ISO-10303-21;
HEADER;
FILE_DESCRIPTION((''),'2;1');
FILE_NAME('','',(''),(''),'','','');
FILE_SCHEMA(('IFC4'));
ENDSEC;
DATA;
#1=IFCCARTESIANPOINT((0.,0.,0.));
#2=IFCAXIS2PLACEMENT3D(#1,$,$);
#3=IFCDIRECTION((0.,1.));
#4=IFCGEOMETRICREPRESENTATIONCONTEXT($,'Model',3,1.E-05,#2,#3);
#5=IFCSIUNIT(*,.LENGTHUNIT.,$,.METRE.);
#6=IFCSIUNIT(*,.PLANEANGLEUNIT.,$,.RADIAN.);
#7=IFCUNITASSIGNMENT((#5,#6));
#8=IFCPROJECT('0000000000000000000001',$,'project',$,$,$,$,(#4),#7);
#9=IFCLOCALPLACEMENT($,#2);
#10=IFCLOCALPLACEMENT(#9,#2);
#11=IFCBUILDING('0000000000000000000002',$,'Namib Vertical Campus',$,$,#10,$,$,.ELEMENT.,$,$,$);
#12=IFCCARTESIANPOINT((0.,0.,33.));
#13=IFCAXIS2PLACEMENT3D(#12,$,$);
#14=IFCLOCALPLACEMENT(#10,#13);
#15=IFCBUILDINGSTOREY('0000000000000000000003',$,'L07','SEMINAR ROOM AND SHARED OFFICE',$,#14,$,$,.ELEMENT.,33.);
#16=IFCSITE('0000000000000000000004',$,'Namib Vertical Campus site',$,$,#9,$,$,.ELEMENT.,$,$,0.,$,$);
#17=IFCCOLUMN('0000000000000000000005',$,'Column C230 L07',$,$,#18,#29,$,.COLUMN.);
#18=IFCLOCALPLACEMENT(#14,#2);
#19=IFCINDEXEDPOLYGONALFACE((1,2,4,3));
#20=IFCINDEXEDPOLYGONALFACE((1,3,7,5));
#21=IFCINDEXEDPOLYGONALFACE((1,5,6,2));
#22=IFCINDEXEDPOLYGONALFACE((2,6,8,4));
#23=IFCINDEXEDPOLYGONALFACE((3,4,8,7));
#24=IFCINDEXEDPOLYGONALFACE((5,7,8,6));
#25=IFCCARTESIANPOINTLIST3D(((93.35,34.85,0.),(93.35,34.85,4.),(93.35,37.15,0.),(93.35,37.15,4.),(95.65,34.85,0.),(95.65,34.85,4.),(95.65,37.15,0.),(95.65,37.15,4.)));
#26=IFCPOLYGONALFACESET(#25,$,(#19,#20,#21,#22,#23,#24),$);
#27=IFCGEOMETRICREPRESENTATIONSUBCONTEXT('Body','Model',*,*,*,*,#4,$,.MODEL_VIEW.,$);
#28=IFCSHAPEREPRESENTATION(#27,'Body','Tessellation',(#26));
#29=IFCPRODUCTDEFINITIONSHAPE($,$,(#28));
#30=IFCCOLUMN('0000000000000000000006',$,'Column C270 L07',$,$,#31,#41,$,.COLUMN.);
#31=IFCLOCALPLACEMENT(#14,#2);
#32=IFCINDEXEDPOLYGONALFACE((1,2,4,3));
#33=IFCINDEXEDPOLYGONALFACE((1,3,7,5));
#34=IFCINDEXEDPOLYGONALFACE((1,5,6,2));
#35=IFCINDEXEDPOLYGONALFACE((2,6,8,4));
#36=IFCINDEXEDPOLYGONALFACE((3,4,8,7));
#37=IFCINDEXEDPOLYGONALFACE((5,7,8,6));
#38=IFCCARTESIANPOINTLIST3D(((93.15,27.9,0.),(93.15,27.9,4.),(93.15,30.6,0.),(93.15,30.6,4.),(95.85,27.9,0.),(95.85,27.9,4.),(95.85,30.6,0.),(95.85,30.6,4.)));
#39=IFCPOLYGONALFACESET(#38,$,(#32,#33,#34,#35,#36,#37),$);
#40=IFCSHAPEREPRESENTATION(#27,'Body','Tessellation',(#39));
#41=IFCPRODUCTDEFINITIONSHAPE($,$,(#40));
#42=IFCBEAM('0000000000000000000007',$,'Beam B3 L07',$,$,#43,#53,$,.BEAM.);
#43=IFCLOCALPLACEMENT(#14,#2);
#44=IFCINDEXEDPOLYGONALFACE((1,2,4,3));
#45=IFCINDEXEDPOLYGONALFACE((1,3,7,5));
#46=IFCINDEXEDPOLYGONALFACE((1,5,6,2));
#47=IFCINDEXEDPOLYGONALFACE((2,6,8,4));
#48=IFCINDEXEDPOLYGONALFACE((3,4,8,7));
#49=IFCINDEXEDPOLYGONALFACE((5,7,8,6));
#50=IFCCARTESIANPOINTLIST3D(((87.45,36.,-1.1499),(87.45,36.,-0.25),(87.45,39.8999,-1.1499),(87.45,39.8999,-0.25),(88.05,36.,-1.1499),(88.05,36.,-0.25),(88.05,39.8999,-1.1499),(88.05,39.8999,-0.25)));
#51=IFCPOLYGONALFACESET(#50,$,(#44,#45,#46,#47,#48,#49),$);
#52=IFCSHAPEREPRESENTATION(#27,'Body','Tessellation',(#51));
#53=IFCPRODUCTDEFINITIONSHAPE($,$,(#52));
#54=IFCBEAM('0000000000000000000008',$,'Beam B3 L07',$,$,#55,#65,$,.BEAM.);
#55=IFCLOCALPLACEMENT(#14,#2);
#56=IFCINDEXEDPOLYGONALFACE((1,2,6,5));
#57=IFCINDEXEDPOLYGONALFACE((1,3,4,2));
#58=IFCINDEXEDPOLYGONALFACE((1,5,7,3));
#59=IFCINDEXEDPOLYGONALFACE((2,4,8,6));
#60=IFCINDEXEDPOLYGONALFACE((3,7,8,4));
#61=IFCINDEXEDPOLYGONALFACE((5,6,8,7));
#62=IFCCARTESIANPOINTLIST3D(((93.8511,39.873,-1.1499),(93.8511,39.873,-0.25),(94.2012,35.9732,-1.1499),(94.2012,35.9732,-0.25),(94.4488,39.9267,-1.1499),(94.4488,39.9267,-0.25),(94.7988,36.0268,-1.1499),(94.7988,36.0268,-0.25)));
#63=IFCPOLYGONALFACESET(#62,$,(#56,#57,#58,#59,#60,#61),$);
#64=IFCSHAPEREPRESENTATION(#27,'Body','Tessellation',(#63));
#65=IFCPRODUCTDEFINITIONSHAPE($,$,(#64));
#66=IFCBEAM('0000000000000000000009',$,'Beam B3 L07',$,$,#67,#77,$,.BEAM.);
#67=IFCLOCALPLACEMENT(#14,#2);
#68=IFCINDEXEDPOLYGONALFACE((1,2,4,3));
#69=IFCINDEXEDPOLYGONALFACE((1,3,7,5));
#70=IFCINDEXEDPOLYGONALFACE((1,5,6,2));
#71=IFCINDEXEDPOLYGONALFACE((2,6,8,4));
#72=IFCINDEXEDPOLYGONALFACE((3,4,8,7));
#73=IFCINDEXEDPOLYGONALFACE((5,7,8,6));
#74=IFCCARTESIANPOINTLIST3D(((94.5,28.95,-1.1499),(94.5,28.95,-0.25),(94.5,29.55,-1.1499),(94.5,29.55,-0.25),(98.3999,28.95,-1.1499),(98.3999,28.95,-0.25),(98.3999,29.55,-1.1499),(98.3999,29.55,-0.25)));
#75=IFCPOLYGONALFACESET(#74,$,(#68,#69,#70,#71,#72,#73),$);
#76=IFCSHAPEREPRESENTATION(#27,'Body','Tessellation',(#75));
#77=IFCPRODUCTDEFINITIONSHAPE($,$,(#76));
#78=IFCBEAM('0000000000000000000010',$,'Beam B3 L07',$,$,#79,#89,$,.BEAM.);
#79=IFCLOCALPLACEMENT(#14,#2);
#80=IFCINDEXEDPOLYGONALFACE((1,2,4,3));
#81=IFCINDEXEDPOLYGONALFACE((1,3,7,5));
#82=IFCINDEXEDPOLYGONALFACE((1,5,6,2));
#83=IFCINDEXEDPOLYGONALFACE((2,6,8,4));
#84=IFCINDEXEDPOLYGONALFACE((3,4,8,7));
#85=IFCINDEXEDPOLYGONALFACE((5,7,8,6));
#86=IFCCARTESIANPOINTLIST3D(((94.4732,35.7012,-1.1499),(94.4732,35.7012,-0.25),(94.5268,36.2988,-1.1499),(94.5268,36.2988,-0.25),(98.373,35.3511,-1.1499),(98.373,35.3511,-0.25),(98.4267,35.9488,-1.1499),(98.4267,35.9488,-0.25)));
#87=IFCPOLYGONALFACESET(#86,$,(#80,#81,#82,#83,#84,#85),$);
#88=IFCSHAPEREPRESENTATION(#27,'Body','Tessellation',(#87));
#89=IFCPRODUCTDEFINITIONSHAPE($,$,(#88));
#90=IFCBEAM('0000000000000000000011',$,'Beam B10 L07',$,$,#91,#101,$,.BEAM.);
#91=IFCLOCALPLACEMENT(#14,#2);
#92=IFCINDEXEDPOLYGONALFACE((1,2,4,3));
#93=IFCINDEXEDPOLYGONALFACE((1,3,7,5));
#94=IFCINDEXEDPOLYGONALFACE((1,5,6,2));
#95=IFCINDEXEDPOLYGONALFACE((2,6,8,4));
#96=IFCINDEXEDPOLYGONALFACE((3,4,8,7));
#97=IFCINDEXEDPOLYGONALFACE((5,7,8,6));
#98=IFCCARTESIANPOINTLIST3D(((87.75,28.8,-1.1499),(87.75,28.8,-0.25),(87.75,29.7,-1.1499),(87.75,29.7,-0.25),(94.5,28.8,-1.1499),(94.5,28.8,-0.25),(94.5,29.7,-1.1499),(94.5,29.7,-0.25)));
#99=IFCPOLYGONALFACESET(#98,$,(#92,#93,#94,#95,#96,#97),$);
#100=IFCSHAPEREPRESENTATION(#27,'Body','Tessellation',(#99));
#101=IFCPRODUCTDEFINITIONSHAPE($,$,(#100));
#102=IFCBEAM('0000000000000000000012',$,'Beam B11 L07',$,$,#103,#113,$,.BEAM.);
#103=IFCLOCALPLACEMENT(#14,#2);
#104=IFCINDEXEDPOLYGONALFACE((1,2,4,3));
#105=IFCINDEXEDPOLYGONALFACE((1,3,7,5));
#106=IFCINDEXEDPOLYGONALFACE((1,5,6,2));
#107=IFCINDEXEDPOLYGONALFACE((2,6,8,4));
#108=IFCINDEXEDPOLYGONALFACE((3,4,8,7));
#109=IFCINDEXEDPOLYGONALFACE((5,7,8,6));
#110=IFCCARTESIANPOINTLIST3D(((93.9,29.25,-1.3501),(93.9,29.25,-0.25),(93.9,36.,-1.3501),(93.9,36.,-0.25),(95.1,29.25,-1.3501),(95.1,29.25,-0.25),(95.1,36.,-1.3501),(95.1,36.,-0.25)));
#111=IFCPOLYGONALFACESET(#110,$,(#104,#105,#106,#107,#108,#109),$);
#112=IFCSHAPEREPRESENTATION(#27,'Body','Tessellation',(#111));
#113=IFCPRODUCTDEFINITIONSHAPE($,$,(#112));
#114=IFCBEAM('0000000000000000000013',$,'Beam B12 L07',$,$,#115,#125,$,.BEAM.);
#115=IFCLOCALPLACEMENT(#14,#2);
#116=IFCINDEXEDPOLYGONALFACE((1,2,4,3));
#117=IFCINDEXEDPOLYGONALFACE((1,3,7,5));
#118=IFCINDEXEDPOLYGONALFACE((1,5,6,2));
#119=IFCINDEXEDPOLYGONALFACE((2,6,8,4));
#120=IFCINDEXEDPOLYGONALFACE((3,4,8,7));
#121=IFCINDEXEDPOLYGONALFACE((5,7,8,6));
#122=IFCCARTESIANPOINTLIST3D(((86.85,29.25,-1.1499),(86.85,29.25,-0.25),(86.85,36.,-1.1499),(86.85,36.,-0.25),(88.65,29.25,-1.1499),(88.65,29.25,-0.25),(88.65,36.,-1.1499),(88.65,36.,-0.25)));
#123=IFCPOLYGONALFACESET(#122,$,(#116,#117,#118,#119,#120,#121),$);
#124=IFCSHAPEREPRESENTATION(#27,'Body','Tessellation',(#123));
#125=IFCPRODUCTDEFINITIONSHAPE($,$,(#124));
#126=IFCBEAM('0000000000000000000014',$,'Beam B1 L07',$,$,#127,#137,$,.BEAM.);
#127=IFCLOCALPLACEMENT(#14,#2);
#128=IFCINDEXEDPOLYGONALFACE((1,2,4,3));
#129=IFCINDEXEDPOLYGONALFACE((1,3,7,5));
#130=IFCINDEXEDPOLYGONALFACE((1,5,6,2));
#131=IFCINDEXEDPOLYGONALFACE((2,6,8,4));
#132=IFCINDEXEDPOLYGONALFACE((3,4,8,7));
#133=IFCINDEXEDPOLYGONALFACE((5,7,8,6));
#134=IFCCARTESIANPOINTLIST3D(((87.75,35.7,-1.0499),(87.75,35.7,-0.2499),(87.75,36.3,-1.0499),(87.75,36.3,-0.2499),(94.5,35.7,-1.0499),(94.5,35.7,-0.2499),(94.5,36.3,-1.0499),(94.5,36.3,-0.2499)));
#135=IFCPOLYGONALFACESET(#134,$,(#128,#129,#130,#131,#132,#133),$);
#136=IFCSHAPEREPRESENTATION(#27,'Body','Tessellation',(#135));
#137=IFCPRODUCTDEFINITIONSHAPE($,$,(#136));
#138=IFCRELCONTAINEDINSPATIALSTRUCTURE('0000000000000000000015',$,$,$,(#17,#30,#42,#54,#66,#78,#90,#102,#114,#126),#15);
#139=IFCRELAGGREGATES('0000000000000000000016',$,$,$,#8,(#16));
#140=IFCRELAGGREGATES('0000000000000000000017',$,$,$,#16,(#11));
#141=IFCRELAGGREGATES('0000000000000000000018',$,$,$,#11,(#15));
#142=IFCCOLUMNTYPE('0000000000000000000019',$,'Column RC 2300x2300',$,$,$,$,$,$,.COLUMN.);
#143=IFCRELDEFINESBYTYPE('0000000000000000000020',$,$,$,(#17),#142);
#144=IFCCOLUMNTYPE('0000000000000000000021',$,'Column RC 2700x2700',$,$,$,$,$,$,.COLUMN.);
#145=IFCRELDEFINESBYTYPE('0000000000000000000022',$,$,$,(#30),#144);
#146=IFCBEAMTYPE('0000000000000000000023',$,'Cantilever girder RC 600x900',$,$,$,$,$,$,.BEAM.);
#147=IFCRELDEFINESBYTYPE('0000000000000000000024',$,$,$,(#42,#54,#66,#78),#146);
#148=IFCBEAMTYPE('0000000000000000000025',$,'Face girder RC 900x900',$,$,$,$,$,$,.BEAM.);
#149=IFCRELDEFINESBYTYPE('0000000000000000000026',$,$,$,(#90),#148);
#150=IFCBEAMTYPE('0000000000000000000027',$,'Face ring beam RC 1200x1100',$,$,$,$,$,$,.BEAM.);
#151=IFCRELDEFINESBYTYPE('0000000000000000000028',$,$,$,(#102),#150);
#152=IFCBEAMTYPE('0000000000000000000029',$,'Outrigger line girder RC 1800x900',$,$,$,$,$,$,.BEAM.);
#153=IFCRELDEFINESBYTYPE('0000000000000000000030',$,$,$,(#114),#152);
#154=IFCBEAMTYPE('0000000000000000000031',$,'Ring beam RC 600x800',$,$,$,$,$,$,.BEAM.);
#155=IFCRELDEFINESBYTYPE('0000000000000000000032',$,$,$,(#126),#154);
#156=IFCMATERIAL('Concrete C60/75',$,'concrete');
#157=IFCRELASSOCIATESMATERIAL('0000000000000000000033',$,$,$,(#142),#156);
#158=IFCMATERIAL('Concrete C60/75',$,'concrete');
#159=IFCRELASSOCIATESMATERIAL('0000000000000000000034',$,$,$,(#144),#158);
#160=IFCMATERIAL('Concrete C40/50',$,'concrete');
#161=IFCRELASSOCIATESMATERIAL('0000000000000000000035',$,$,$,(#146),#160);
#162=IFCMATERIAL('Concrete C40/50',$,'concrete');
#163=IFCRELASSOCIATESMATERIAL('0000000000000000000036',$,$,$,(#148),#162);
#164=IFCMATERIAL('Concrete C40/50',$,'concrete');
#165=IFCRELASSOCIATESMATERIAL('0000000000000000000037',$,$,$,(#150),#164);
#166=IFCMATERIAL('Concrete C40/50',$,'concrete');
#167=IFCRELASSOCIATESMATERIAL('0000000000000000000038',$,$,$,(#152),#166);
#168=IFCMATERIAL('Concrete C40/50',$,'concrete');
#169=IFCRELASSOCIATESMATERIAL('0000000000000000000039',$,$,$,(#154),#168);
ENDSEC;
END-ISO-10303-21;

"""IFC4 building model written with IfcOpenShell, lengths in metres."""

from ifc_helpers import new_model, si_unit, direction, frame, origin, origin_2d, place, context, subcontext, project, spatial, rectangle, extrude, material, material_profile, profile_set, type_object, element, save


model = new_model("IFC4")

# Units and contexts
model_context = context("Model", 3, precision=1e-05, world=origin(), true_north=direction((0.0, 1.0)))
body_context = subcontext(model_context, "Body", "Model", "MODEL_VIEW")
ifc_project = project(units=[si_unit("LENGTHUNIT", "METRE"), si_unit("PLANEANGLEUNIT", "RADIAN")], contexts=[model_context])

# Site, building, storey
site_placement = place(None, origin())
site = spatial("IfcSite", under=ifc_project, at=site_placement, Name="Namib Vertical Campus site", CompositionType="ELEMENT", RefElevation=0.0)
building_placement = place(site_placement, origin())
building = spatial("IfcBuilding", under=site, at=building_placement, Name="Namib Vertical Campus", CompositionType="ELEMENT")
storey_placement = place(building_placement, frame((0.0, 0.0, 33.0)))
storey = spatial("IfcBuildingStorey", under=building, at=storey_placement, Name="L07", Description="SEMINAR ROOM AND SHARED OFFICE", CompositionType="ELEMENT", Elevation=33.0)

# Columns
ifc_material_1 = material(Name="Concrete C60/75", Category="concrete")
ifc_material_profile_1 = material_profile(ifc_material_1, rectangle(XDim=2.3, YDim=2.3, at=origin_2d()))
ifc_profile_set_1 = profile_set([ifc_material_profile_1], Name="Concrete C60/75")
column_type_1 = type_object("IfcColumnType", Name="Column RC 2300x2300", PredefinedType="COLUMN", material=ifc_profile_set_1)
column_1_placement = place(storey_placement, frame((94.5, 36.0, 0.0), z_axis=(0.0, 0.0, 1.0), x_axis=(1.0, 0.0, 0.0)))
element("IfcColumn", 1, at=column_1_placement, inside=storey, type_object=column_type_1, Name="Column C230 L07", PredefinedType="COLUMN", context=body_context, shape_type="SweptSolid", body=[
    extrude(rectangle(XDim=2.3, YDim=2.3, at=origin_2d()), origin(), (0.0, 0.0, 1.0), 4.0),
])
ifc_material_2 = material(Name="Concrete C60/75", Category="concrete")
ifc_material_profile_2 = material_profile(ifc_material_2, rectangle(XDim=2.7, YDim=2.7, at=origin_2d()))
ifc_profile_set_2 = profile_set([ifc_material_profile_2], Name="Concrete C60/75")
column_type_2 = type_object("IfcColumnType", Name="Column RC 2700x2700", PredefinedType="COLUMN", material=ifc_profile_set_2)
column_2_placement = place(storey_placement, frame((94.5, 29.25, 0.0), z_axis=(0.0, 0.0, 1.0), x_axis=(1.0, 0.0, 0.0)))
element("IfcColumn", 2, at=column_2_placement, inside=storey, type_object=column_type_2, Name="Column C270 L07", PredefinedType="COLUMN", context=body_context, shape_type="SweptSolid", body=[
    extrude(rectangle(XDim=2.7, YDim=2.7, at=origin_2d()), origin(), (0.0, 0.0, 1.0), 4.0),
])

# Beams
ifc_material_3 = material(Name="Concrete C40/50", Category="concrete")
ifc_material_profile_3 = material_profile(ifc_material_3, rectangle(XDim=0.6001, YDim=0.8999, at=origin_2d()))
ifc_profile_set_3 = profile_set([ifc_material_profile_3], Name="Concrete C40/50")
beam_type_1 = type_object("IfcBeamType", Name="Cantilever girder RC 600x900", PredefinedType="BEAM", material=ifc_profile_set_3)
beam_1_placement = place(storey_placement, frame((87.75, 36.0, -0.7), z_axis=(0.0, 1.0, 0.0), x_axis=(-1.0, 0.0, 0.0)))
element("IfcBeam", 3, at=beam_1_placement, inside=storey, type_object=beam_type_1, Name="Beam B3 L07", PredefinedType="BEAM", context=body_context, shape_type="SweptSolid", body=[
    extrude(rectangle(XDim=0.6001, YDim=0.8999, at=origin_2d()), origin(), (0.0, 0.0, 1.0), 3.8999),
])
beam_2_placement = place(storey_placement, frame((94.5, 36.0, -0.7), z_axis=(-0.089411, 0.995995, 0.0), x_axis=(-0.995995, -0.089411, 0.0)))
element("IfcBeam", 4, at=beam_2_placement, inside=storey, type_object=beam_type_1, Name="Beam B3 L07", PredefinedType="BEAM", context=body_context, shape_type="SweptSolid", body=[
    extrude(rectangle(XDim=0.6001, YDim=0.8999, at=origin_2d()), origin(), (0.0, 0.0, 1.0), 3.9155),
])
beam_3_placement = place(storey_placement, frame((94.5, 29.25, -0.7), z_axis=(1.0, 0.0, 0.0), x_axis=(0.0, 1.0, 0.0)))
element("IfcBeam", 5, at=beam_3_placement, inside=storey, type_object=beam_type_1, Name="Beam B3 L07", PredefinedType="BEAM", context=body_context, shape_type="SweptSolid", body=[
    extrude(rectangle(XDim=0.6001, YDim=0.8999, at=origin_2d()), origin(), (0.0, 0.0, 1.0), 3.8999),
])
beam_4_placement = place(storey_placement, frame((94.5, 36.0, -0.7), z_axis=(0.995995, -0.089411, 0.0), x_axis=(0.089411, 0.995995, 0.0)))
element("IfcBeam", 6, at=beam_4_placement, inside=storey, type_object=beam_type_1, Name="Beam B3 L07", PredefinedType="BEAM", context=body_context, shape_type="SweptSolid", body=[
    extrude(rectangle(XDim=0.6001, YDim=0.8999, at=origin_2d()), origin(), (0.0, 0.0, 1.0), 3.9155),
])
ifc_material_4 = material(Name="Concrete C40/50", Category="concrete")
ifc_material_profile_4 = material_profile(ifc_material_4, rectangle(XDim=0.8999, YDim=0.8999, at=origin_2d()))
ifc_profile_set_4 = profile_set([ifc_material_profile_4], Name="Concrete C40/50")
beam_type_2 = type_object("IfcBeamType", Name="Face girder RC 900x900", PredefinedType="BEAM", material=ifc_profile_set_4)
beam_5_placement = place(storey_placement, frame((94.5, 29.25, -0.7), z_axis=(-1.0, 0.0, 0.0), x_axis=(0.0, -1.0, 0.0)))
element("IfcBeam", 7, at=beam_5_placement, inside=storey, type_object=beam_type_2, Name="Beam B10 L07", PredefinedType="BEAM", context=body_context, shape_type="SweptSolid", body=[
    extrude(rectangle(XDim=0.8999, YDim=0.8999, at=origin_2d()), origin(), (0.0, 0.0, 1.0), 6.75),
])
ifc_material_5 = material(Name="Concrete C40/50", Category="concrete")
ifc_material_profile_5 = material_profile(ifc_material_5, rectangle(XDim=1.2, YDim=1.1001, at=origin_2d()))
ifc_profile_set_5 = profile_set([ifc_material_profile_5], Name="Concrete C40/50")
beam_type_3 = type_object("IfcBeamType", Name="Face ring beam RC 1200x1100", PredefinedType="BEAM", material=ifc_profile_set_5)
beam_6_placement = place(storey_placement, frame((94.5, 29.25, -0.8), z_axis=(0.0, 1.0, 0.0), x_axis=(-1.0, 0.0, 0.0)))
element("IfcBeam", 8, at=beam_6_placement, inside=storey, type_object=beam_type_3, Name="Beam B11 L07", PredefinedType="BEAM", context=body_context, shape_type="SweptSolid", body=[
    extrude(rectangle(XDim=1.2, YDim=1.1001, at=origin_2d()), origin(), (0.0, 0.0, 1.0), 6.75),
])
ifc_material_6 = material(Name="Concrete C40/50", Category="concrete")
ifc_material_profile_6 = material_profile(ifc_material_6, rectangle(XDim=1.8, YDim=0.8999, at=origin_2d()))
ifc_profile_set_6 = profile_set([ifc_material_profile_6], Name="Concrete C40/50")
beam_type_4 = type_object("IfcBeamType", Name="Outrigger line girder RC 1800x900", PredefinedType="BEAM", material=ifc_profile_set_6)
beam_7_placement = place(storey_placement, frame((87.75, 36.0, -0.7), z_axis=(0.0, -1.0, 0.0), x_axis=(1.0, 0.0, 0.0)))
element("IfcBeam", 9, at=beam_7_placement, inside=storey, type_object=beam_type_4, Name="Beam B12 L07", PredefinedType="BEAM", context=body_context, shape_type="SweptSolid", body=[
    extrude(rectangle(XDim=1.8, YDim=0.8999, at=origin_2d()), origin(), (0.0, 0.0, 1.0), 6.75),
])
ifc_material_7 = material(Name="Concrete C40/50", Category="concrete")
ifc_material_profile_7 = material_profile(ifc_material_7, rectangle(XDim=0.6001, YDim=0.8, at=origin_2d()))
ifc_profile_set_7 = profile_set([ifc_material_profile_7], Name="Concrete C40/50")
beam_type_5 = type_object("IfcBeamType", Name="Ring beam RC 600x800", PredefinedType="BEAM", material=ifc_profile_set_7)
beam_8_placement = place(storey_placement, frame((87.75, 36.0, -0.6499), z_axis=(1.0, 0.0, 0.0), x_axis=(0.0, 1.0, 0.0)))
element("IfcBeam", 10, at=beam_8_placement, inside=storey, type_object=beam_type_5, Name="Beam B1 L07", PredefinedType="BEAM", context=body_context, shape_type="SweptSolid", body=[
    extrude(rectangle(XDim=0.6001, YDim=0.8, at=origin_2d()), origin(), (0.0, 0.0, 1.0), 6.75),
])

save(model, "model.ifc")
